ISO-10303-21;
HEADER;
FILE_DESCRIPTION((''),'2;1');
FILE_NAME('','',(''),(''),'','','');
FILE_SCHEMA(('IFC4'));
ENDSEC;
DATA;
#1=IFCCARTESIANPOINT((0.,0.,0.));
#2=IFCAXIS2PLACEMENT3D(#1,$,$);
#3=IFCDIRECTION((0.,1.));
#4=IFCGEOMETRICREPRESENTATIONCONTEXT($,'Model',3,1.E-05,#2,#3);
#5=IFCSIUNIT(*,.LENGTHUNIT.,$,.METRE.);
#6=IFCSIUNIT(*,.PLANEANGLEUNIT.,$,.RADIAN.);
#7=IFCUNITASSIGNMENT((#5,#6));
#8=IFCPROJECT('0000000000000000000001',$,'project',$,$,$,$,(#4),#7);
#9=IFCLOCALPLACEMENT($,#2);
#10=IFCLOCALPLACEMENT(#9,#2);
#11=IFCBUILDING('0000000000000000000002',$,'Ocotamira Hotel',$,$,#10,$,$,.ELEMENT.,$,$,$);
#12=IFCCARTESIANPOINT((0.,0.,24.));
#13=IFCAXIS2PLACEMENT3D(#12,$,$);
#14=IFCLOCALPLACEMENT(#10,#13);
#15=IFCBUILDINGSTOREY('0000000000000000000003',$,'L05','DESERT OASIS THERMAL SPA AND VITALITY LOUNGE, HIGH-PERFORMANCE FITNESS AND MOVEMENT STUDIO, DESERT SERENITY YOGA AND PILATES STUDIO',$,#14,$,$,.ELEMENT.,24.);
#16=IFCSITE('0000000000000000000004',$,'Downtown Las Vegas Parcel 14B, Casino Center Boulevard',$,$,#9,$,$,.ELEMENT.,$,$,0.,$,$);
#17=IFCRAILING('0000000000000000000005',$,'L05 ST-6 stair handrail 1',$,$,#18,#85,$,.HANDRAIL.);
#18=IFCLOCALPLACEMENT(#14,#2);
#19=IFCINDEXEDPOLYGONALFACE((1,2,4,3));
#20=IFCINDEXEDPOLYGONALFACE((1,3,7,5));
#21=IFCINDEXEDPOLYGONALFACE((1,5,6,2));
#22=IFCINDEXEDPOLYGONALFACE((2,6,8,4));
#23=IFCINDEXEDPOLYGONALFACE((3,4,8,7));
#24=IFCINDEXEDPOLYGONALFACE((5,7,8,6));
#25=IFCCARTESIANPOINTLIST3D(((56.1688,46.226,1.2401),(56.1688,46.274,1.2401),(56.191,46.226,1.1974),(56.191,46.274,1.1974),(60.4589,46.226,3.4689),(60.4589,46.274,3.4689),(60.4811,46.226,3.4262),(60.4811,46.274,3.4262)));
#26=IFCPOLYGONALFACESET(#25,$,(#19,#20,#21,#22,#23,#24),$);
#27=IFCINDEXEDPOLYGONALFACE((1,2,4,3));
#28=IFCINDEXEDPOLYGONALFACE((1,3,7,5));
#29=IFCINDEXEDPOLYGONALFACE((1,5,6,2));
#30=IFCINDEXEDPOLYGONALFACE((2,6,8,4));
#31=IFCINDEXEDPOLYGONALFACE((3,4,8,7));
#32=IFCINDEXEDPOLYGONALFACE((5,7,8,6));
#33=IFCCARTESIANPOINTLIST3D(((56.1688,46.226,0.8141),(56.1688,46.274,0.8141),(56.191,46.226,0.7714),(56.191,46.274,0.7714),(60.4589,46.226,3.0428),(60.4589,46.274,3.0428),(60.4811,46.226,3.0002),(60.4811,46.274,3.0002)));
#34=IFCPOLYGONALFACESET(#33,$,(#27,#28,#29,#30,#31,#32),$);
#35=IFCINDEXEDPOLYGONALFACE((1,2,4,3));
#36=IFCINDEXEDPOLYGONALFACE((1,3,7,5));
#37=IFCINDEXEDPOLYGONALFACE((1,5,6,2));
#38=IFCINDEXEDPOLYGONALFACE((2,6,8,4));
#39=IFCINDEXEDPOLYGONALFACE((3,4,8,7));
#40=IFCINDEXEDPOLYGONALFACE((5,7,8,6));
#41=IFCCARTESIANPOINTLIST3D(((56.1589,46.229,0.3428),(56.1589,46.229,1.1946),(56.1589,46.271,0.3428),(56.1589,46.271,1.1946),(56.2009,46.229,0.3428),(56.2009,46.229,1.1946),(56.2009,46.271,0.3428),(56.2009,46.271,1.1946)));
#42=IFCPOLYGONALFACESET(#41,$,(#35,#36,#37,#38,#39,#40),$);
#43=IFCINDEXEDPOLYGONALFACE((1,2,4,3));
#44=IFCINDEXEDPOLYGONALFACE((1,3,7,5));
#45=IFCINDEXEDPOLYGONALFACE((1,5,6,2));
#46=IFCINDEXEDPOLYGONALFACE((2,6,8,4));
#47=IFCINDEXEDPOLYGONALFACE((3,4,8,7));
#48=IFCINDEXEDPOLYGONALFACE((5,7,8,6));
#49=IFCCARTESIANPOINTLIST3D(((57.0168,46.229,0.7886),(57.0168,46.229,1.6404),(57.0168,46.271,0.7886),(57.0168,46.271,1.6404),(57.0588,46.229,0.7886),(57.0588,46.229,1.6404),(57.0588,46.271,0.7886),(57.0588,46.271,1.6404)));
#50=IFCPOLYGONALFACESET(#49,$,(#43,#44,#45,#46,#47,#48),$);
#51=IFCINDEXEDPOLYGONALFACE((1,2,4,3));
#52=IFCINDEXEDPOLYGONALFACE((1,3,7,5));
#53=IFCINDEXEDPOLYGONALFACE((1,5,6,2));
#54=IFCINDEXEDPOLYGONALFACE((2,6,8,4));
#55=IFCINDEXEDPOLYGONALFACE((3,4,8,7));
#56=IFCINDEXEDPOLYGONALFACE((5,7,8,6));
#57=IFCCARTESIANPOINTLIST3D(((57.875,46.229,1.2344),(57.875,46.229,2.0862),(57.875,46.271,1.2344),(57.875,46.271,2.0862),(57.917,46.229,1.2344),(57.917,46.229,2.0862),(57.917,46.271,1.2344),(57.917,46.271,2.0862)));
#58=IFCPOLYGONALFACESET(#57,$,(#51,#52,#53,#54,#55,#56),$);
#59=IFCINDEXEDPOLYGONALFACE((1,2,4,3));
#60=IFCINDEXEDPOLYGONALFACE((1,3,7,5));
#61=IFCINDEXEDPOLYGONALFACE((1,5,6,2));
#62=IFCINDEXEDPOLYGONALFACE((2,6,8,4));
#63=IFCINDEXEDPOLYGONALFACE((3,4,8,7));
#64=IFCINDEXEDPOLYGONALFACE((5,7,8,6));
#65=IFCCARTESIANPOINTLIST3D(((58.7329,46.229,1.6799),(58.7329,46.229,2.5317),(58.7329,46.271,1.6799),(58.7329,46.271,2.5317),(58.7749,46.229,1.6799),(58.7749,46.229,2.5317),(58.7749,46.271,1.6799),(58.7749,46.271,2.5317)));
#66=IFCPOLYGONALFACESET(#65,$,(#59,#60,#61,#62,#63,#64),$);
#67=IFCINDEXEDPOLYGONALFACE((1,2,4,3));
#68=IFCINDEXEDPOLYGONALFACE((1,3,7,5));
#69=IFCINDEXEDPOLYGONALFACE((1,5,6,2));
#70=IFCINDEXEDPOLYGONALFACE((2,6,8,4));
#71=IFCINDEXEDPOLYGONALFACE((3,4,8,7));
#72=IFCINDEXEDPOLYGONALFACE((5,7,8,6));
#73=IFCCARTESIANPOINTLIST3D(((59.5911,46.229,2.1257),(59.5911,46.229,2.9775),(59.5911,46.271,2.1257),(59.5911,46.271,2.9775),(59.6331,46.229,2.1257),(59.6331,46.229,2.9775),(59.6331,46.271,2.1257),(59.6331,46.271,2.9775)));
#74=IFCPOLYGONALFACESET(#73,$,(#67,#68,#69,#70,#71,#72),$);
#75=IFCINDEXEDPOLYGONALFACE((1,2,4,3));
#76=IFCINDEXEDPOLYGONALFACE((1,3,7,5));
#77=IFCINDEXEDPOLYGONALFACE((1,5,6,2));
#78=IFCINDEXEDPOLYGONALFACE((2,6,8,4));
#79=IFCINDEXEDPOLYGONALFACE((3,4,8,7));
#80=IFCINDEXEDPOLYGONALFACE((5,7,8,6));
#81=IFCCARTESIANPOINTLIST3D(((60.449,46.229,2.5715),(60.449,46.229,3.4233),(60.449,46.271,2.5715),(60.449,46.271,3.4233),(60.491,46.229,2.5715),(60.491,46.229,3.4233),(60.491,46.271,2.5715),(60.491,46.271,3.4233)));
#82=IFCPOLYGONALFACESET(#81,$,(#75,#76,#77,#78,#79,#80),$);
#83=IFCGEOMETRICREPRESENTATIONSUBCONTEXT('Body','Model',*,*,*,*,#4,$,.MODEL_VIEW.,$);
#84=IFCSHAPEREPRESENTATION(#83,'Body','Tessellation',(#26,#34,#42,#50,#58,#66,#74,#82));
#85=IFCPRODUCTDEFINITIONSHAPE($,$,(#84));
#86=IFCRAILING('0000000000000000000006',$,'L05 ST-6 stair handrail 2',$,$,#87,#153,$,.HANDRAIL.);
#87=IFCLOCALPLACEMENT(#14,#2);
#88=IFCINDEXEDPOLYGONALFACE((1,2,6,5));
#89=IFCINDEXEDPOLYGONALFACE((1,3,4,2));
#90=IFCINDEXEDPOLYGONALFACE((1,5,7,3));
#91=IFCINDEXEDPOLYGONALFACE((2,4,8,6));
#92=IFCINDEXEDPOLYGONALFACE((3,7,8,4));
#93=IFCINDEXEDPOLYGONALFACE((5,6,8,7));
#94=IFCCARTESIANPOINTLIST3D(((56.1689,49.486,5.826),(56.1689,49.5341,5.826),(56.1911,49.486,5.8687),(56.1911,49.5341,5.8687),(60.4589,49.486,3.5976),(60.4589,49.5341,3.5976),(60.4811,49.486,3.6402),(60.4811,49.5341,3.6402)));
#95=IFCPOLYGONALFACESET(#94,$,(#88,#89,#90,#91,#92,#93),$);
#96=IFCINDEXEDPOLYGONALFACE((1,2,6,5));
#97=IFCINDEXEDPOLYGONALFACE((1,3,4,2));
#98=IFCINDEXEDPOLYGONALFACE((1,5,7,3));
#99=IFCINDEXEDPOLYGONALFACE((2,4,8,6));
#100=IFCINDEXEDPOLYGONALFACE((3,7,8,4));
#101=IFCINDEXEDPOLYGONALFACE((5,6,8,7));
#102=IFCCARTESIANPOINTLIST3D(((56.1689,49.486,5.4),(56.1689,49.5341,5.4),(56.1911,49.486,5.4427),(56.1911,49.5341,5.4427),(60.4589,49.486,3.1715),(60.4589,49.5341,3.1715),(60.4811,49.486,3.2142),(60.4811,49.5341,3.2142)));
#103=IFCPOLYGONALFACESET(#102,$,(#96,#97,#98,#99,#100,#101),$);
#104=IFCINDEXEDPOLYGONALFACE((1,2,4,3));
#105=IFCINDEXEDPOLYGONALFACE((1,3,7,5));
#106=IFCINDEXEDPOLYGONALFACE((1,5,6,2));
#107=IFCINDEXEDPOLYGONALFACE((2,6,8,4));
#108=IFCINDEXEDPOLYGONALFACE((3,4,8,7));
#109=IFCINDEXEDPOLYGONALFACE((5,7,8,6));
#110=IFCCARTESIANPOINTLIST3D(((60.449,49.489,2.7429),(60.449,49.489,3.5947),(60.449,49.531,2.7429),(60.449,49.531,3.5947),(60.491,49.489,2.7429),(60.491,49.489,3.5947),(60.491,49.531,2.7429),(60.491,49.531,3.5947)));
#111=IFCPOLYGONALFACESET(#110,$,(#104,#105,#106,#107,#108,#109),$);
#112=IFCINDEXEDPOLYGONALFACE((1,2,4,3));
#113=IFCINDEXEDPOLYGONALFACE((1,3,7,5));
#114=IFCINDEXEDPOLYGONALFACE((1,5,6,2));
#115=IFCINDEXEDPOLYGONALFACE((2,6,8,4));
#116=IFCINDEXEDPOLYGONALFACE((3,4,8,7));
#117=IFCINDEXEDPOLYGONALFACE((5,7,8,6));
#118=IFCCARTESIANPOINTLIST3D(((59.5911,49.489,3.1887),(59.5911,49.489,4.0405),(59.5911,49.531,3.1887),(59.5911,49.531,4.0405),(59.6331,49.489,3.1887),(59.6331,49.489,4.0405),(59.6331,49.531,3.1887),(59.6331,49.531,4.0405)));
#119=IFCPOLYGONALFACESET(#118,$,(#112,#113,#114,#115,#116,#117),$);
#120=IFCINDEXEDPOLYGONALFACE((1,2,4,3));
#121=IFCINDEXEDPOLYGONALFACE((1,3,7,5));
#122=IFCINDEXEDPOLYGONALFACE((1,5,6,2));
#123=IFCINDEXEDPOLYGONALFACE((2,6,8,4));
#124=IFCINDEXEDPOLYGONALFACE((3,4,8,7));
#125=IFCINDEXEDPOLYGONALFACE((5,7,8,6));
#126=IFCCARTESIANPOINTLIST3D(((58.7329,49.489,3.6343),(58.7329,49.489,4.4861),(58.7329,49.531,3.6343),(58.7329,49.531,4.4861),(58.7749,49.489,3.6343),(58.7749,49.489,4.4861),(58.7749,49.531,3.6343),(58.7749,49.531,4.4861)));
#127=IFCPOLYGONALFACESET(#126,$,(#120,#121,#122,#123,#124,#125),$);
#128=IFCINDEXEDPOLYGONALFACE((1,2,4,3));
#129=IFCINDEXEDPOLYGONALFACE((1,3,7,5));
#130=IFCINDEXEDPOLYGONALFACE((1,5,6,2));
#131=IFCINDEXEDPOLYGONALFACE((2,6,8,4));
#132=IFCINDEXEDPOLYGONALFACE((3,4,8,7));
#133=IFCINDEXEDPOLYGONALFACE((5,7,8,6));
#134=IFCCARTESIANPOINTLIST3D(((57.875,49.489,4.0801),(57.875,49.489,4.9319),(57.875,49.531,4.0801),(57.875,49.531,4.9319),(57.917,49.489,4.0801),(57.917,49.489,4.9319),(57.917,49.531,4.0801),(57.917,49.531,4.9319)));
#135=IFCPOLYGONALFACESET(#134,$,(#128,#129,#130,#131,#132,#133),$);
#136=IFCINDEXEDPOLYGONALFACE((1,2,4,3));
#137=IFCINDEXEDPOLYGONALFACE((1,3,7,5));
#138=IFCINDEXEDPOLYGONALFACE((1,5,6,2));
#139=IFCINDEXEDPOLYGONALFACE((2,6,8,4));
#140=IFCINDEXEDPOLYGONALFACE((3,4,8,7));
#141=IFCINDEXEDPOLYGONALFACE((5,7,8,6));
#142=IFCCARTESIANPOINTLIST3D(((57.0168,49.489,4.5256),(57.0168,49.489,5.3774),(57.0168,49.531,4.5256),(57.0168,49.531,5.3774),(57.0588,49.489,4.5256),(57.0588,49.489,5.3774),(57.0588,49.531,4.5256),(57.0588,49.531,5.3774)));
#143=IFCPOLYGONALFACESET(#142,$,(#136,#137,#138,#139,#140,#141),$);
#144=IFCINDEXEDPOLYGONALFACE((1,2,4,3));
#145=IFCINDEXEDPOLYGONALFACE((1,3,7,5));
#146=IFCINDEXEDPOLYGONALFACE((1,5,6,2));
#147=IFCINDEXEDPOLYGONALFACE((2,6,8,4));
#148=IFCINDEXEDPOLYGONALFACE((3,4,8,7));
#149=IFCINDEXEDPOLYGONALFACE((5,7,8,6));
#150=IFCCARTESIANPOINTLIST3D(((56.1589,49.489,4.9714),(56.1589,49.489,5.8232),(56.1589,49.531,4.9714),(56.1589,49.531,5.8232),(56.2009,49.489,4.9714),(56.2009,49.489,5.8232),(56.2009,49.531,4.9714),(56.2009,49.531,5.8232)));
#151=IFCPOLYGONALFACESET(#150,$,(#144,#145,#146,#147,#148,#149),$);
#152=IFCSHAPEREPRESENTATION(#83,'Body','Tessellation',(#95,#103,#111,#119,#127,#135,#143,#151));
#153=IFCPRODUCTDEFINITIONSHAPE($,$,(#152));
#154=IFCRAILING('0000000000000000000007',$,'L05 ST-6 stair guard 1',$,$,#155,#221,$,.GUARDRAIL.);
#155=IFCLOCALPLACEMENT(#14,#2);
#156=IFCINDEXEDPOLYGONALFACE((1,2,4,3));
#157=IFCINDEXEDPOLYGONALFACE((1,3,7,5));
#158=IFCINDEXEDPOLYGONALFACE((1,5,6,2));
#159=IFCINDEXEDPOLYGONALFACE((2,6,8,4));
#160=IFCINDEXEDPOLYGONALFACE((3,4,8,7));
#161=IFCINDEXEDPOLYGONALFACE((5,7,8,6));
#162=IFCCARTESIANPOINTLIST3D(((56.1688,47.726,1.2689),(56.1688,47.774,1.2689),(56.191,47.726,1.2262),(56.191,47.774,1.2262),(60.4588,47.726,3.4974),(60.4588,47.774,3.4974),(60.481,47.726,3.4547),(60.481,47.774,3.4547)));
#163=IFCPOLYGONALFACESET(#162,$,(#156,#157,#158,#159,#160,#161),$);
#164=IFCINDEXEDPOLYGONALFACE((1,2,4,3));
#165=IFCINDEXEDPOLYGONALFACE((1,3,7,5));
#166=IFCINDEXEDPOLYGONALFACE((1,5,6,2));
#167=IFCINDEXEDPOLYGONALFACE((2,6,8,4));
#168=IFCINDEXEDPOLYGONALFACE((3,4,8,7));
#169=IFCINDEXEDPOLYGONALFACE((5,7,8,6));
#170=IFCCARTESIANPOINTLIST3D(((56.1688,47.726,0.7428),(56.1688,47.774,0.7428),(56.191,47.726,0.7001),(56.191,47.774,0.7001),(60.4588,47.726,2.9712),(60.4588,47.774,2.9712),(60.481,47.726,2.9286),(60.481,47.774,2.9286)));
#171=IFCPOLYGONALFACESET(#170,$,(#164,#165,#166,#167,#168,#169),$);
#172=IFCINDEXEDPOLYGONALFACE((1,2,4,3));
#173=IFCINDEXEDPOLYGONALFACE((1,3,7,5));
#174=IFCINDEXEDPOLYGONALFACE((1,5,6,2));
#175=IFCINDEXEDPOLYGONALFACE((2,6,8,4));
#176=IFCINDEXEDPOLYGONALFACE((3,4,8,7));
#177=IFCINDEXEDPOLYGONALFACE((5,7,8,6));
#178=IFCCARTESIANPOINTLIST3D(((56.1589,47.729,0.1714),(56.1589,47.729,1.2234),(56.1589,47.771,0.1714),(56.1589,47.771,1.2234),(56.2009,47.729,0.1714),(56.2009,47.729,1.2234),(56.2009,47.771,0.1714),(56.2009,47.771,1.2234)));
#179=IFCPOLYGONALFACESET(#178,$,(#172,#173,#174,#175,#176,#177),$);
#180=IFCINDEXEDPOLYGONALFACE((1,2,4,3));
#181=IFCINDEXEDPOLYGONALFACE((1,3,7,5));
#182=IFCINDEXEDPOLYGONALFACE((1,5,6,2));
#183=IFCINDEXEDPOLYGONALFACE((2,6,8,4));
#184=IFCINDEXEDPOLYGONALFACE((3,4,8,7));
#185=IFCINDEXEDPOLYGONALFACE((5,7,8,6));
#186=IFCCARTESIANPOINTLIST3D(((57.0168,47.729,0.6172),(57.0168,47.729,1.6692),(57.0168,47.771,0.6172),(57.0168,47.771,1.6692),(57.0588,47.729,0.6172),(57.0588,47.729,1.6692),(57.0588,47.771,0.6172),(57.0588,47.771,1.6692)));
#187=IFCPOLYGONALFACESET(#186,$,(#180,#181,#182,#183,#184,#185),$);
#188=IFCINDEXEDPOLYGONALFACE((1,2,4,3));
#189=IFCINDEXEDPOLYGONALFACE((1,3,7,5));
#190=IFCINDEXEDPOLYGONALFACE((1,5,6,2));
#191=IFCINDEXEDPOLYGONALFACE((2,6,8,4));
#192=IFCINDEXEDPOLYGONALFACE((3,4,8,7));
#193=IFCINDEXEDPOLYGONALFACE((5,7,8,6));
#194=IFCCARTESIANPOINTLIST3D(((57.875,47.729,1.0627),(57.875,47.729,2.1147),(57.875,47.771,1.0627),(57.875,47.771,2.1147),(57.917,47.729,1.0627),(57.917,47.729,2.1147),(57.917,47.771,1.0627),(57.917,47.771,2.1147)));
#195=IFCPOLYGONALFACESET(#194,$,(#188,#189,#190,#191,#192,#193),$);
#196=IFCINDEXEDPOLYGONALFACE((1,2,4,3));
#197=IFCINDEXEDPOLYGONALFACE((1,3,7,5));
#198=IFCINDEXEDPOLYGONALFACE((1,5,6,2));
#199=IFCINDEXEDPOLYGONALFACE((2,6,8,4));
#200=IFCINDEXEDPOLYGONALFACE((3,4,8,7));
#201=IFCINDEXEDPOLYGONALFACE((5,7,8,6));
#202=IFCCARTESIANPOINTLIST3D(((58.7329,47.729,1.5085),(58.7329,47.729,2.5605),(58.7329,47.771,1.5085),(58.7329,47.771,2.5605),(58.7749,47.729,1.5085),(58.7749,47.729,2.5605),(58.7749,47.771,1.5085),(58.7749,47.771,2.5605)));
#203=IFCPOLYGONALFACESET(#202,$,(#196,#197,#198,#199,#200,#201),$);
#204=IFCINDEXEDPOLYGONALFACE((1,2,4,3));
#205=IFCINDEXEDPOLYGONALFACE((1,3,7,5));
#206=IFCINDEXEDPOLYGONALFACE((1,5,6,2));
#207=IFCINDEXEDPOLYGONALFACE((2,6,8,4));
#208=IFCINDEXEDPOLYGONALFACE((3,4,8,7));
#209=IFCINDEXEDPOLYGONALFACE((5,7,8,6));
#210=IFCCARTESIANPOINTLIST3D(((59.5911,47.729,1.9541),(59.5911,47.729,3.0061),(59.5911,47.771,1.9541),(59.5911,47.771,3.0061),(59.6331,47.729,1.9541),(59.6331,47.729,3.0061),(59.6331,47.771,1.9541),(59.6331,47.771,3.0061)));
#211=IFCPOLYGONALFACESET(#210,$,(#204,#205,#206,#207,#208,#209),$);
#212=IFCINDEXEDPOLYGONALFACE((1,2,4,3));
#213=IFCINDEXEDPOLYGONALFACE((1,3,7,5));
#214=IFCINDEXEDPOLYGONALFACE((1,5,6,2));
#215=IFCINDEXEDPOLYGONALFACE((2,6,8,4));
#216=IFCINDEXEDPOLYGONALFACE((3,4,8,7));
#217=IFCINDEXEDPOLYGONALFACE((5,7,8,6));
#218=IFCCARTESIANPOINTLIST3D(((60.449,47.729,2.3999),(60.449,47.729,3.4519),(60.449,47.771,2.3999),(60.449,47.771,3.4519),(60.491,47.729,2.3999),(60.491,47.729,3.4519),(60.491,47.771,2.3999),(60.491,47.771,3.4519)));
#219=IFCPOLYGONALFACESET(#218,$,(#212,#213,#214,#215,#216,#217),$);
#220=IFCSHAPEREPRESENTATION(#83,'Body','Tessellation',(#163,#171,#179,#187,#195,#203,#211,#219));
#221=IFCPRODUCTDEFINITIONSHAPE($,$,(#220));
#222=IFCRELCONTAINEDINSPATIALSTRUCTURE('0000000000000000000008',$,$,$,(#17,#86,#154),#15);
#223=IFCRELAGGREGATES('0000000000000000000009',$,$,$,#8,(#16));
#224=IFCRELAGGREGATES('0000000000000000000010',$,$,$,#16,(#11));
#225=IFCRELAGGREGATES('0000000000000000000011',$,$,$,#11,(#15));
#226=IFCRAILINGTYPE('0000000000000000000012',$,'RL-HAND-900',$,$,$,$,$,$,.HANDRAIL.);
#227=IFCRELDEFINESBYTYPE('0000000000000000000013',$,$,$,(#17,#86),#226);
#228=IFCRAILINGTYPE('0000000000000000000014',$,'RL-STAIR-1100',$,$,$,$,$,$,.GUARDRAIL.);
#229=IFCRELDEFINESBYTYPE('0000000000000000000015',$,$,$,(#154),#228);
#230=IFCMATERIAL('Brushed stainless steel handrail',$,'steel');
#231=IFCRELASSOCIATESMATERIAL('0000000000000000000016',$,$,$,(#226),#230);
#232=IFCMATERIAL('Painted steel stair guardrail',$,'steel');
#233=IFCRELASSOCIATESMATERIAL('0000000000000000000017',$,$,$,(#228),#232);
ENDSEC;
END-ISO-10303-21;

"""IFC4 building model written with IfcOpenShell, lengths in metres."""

from ifc_helpers import new_model, si_unit, direction, frame, origin, origin_2d, place, context, subcontext, project, spatial, rectangle, extrude, material, type_object, element, save


model = new_model("IFC4")

# Units and contexts
model_context = context("Model", 3, precision=1e-05, world=origin(), true_north=direction((0.0, 1.0)))
body_context = subcontext(model_context, "Body", "Model", "MODEL_VIEW")
ifc_project = project(units=[si_unit("LENGTHUNIT", "METRE"), si_unit("PLANEANGLEUNIT", "RADIAN")], contexts=[model_context])

# Site, building, storey
site_placement = place(None, origin())
site = spatial("IfcSite", under=ifc_project, at=site_placement, Name="Downtown Las Vegas Parcel 14B, Casino Center Boulevard", CompositionType="ELEMENT", RefElevation=0.0)
building_placement = place(site_placement, origin())
building = spatial("IfcBuilding", under=site, at=building_placement, Name="Ocotamira Hotel", CompositionType="ELEMENT")
storey_placement = place(building_placement, frame((0.0, 0.0, 24.0)))
storey = spatial("IfcBuildingStorey", under=building, at=storey_placement, Name="L05", Description="DESERT OASIS THERMAL SPA AND VITALITY LOUNGE, HIGH-PERFORMANCE FITNESS AND MOVEMENT STUDIO, DESERT SERENITY YOGA AND PILATES STUDIO", CompositionType="ELEMENT", Elevation=24.0)

# Railings
ifc_material_1 = material(Name="Brushed stainless steel handrail", Category="steel")
railing_type_1 = type_object("IfcRailingType", Name="RL-HAND-900", PredefinedType="HANDRAIL", material=ifc_material_1)
railing_1_placement = place(storey_placement, frame((56.1799, 46.25, 0.3428)))
element("IfcRailing", 1, at=railing_1_placement, inside=storey, type_object=railing_type_1, Name="L05 ST-6 stair handrail 1", PredefinedType="HANDRAIL", context=body_context, shape_type="SweptSolid", body=[
    extrude(rectangle(XDim=0.0481, YDim=0.0481, at=origin_2d()), frame((0.0, 0.0, 0.876), z_axis=(0.887391, 0.0, 0.461017), x_axis=(0.0, 1.0, 0.0)), (0.0, 0.0, 1.0), 4.8345),
    extrude(rectangle(XDim=0.0481, YDim=0.0481, at=origin_2d()), frame((0.0, 0.0, 0.45), z_axis=(0.887391, 0.0, 0.461017), x_axis=(0.0, 1.0, 0.0)), (0.0, 0.0, 1.0), 4.8345),
    extrude(rectangle(XDim=0.042, YDim=0.042, at=origin_2d()), origin(), (0.0, 0.0, 1.0), 0.8518),
    extrude(rectangle(XDim=0.042, YDim=0.042, at=origin_2d()), frame((0.8579, 0.0, 0.4458)), (0.0, 0.0, 1.0), 0.8518),
    extrude(rectangle(XDim=0.042, YDim=0.042, at=origin_2d()), frame((1.7161, 0.0, 0.8916)), (0.0, 0.0, 1.0), 0.8518),
    extrude(rectangle(XDim=0.042, YDim=0.042, at=origin_2d()), frame((2.574, 0.0, 1.3372)), (0.0, 0.0, 1.0), 0.8518),
    extrude(rectangle(XDim=0.042, YDim=0.042, at=origin_2d()), frame((3.4321, 0.0, 1.783)), (0.0, 0.0, 1.0), 0.8518),
    extrude(rectangle(XDim=0.042, YDim=0.042, at=origin_2d()), frame((4.29, 0.0, 2.2288)), (0.0, 0.0, 1.0), 0.8518),
])
railing_2_placement = place(storey_placement, frame((60.47, 49.51, 2.7429)))
element("IfcRailing", 2, at=railing_2_placement, inside=storey, type_object=railing_type_1, Name="L05 ST-6 stair handrail 2", PredefinedType="HANDRAIL", context=body_context, shape_type="SweptSolid", body=[
    extrude(rectangle(XDim=0.0481, YDim=0.0481, at=origin_2d()), frame((0.0, 0.0, 0.876), z_axis=(-0.887412, 0.0, 0.460977), x_axis=(0.0, -1.0, 0.0)), (0.0, 0.0, 1.0), 4.8342),
    extrude(rectangle(XDim=0.0481, YDim=0.0481, at=origin_2d()), frame((0.0, 0.0, 0.45), z_axis=(-0.887412, 0.0, 0.460977), x_axis=(0.0, -1.0, 0.0)), (0.0, 0.0, 1.0), 4.8342),
    extrude(rectangle(XDim=0.042, YDim=0.042, at=origin_2d()), origin(), (0.0, 0.0, 1.0), 0.8518),
    extrude(rectangle(XDim=0.042, YDim=0.042, at=origin_2d()), frame((-0.8579, 0.0, 0.4458)), (0.0, 0.0, 1.0), 0.8518),
    extrude(rectangle(XDim=0.042, YDim=0.042, at=origin_2d()), frame((-1.7161, 0.0, 0.8914)), (0.0, 0.0, 1.0), 0.8518),
    extrude(rectangle(XDim=0.042, YDim=0.042, at=origin_2d()), frame((-2.574, 0.0, 1.3372)), (0.0, 0.0, 1.0), 0.8518),
    extrude(rectangle(XDim=0.042, YDim=0.042, at=origin_2d()), frame((-3.4321, 0.0, 1.7827)), (0.0, 0.0, 1.0), 0.8518),
    extrude(rectangle(XDim=0.042, YDim=0.042, at=origin_2d()), frame((-4.29, 0.0, 2.2285)), (0.0, 0.0, 1.0), 0.8518),
])
ifc_material_2 = material(Name="Painted steel stair guardrail", Category="steel")
railing_type_2 = type_object("IfcRailingType", Name="RL-STAIR-1100", PredefinedType="GUARDRAIL", material=ifc_material_2)
railing_3_placement = place(storey_placement, frame((56.1799, 47.75, 0.1714)))
element("IfcRailing", 3, at=railing_3_placement, inside=storey, type_object=railing_type_2, Name="L05 ST-6 stair guard 1", PredefinedType="GUARDRAIL", context=body_context, shape_type="SweptSolid", body=[
    extrude(rectangle(XDim=0.0481, YDim=0.0481, at=origin_2d()), frame((0.0, 0.0, 1.0762), z_axis=(0.887412, 0.0, 0.460977), x_axis=(0.0, 1.0, 0.0)), (0.0, 0.0, 1.0), 4.8342),
    extrude(rectangle(XDim=0.0481, YDim=0.0481, at=origin_2d()), frame((0.0, 0.0, 0.55), z_axis=(0.887412, 0.0, 0.460977), x_axis=(0.0, 1.0, 0.0)), (0.0, 0.0, 1.0), 4.8342),
    extrude(rectangle(XDim=0.042, YDim=0.042, at=origin_2d()), origin(), (0.0, 0.0, 1.0), 1.052),
    extrude(rectangle(XDim=0.042, YDim=0.042, at=origin_2d()), frame((0.8579, 0.0, 0.4458)), (0.0, 0.0, 1.0), 1.052),
    extrude(rectangle(XDim=0.042, YDim=0.042, at=origin_2d()), frame((1.7161, 0.0, 0.8914)), (0.0, 0.0, 1.0), 1.052),
    extrude(rectangle(XDim=0.042, YDim=0.042, at=origin_2d()), frame((2.574, 0.0, 1.3372)), (0.0, 0.0, 1.0), 1.052),
    extrude(rectangle(XDim=0.042, YDim=0.042, at=origin_2d()), frame((3.4321, 0.0, 1.7827)), (0.0, 0.0, 1.0), 1.052),
    extrude(rectangle(XDim=0.042, YDim=0.042, at=origin_2d()), frame((4.29, 0.0, 2.2285)), (0.0, 0.0, 1.0), 1.052),
])

save(model, "model.ifc")
